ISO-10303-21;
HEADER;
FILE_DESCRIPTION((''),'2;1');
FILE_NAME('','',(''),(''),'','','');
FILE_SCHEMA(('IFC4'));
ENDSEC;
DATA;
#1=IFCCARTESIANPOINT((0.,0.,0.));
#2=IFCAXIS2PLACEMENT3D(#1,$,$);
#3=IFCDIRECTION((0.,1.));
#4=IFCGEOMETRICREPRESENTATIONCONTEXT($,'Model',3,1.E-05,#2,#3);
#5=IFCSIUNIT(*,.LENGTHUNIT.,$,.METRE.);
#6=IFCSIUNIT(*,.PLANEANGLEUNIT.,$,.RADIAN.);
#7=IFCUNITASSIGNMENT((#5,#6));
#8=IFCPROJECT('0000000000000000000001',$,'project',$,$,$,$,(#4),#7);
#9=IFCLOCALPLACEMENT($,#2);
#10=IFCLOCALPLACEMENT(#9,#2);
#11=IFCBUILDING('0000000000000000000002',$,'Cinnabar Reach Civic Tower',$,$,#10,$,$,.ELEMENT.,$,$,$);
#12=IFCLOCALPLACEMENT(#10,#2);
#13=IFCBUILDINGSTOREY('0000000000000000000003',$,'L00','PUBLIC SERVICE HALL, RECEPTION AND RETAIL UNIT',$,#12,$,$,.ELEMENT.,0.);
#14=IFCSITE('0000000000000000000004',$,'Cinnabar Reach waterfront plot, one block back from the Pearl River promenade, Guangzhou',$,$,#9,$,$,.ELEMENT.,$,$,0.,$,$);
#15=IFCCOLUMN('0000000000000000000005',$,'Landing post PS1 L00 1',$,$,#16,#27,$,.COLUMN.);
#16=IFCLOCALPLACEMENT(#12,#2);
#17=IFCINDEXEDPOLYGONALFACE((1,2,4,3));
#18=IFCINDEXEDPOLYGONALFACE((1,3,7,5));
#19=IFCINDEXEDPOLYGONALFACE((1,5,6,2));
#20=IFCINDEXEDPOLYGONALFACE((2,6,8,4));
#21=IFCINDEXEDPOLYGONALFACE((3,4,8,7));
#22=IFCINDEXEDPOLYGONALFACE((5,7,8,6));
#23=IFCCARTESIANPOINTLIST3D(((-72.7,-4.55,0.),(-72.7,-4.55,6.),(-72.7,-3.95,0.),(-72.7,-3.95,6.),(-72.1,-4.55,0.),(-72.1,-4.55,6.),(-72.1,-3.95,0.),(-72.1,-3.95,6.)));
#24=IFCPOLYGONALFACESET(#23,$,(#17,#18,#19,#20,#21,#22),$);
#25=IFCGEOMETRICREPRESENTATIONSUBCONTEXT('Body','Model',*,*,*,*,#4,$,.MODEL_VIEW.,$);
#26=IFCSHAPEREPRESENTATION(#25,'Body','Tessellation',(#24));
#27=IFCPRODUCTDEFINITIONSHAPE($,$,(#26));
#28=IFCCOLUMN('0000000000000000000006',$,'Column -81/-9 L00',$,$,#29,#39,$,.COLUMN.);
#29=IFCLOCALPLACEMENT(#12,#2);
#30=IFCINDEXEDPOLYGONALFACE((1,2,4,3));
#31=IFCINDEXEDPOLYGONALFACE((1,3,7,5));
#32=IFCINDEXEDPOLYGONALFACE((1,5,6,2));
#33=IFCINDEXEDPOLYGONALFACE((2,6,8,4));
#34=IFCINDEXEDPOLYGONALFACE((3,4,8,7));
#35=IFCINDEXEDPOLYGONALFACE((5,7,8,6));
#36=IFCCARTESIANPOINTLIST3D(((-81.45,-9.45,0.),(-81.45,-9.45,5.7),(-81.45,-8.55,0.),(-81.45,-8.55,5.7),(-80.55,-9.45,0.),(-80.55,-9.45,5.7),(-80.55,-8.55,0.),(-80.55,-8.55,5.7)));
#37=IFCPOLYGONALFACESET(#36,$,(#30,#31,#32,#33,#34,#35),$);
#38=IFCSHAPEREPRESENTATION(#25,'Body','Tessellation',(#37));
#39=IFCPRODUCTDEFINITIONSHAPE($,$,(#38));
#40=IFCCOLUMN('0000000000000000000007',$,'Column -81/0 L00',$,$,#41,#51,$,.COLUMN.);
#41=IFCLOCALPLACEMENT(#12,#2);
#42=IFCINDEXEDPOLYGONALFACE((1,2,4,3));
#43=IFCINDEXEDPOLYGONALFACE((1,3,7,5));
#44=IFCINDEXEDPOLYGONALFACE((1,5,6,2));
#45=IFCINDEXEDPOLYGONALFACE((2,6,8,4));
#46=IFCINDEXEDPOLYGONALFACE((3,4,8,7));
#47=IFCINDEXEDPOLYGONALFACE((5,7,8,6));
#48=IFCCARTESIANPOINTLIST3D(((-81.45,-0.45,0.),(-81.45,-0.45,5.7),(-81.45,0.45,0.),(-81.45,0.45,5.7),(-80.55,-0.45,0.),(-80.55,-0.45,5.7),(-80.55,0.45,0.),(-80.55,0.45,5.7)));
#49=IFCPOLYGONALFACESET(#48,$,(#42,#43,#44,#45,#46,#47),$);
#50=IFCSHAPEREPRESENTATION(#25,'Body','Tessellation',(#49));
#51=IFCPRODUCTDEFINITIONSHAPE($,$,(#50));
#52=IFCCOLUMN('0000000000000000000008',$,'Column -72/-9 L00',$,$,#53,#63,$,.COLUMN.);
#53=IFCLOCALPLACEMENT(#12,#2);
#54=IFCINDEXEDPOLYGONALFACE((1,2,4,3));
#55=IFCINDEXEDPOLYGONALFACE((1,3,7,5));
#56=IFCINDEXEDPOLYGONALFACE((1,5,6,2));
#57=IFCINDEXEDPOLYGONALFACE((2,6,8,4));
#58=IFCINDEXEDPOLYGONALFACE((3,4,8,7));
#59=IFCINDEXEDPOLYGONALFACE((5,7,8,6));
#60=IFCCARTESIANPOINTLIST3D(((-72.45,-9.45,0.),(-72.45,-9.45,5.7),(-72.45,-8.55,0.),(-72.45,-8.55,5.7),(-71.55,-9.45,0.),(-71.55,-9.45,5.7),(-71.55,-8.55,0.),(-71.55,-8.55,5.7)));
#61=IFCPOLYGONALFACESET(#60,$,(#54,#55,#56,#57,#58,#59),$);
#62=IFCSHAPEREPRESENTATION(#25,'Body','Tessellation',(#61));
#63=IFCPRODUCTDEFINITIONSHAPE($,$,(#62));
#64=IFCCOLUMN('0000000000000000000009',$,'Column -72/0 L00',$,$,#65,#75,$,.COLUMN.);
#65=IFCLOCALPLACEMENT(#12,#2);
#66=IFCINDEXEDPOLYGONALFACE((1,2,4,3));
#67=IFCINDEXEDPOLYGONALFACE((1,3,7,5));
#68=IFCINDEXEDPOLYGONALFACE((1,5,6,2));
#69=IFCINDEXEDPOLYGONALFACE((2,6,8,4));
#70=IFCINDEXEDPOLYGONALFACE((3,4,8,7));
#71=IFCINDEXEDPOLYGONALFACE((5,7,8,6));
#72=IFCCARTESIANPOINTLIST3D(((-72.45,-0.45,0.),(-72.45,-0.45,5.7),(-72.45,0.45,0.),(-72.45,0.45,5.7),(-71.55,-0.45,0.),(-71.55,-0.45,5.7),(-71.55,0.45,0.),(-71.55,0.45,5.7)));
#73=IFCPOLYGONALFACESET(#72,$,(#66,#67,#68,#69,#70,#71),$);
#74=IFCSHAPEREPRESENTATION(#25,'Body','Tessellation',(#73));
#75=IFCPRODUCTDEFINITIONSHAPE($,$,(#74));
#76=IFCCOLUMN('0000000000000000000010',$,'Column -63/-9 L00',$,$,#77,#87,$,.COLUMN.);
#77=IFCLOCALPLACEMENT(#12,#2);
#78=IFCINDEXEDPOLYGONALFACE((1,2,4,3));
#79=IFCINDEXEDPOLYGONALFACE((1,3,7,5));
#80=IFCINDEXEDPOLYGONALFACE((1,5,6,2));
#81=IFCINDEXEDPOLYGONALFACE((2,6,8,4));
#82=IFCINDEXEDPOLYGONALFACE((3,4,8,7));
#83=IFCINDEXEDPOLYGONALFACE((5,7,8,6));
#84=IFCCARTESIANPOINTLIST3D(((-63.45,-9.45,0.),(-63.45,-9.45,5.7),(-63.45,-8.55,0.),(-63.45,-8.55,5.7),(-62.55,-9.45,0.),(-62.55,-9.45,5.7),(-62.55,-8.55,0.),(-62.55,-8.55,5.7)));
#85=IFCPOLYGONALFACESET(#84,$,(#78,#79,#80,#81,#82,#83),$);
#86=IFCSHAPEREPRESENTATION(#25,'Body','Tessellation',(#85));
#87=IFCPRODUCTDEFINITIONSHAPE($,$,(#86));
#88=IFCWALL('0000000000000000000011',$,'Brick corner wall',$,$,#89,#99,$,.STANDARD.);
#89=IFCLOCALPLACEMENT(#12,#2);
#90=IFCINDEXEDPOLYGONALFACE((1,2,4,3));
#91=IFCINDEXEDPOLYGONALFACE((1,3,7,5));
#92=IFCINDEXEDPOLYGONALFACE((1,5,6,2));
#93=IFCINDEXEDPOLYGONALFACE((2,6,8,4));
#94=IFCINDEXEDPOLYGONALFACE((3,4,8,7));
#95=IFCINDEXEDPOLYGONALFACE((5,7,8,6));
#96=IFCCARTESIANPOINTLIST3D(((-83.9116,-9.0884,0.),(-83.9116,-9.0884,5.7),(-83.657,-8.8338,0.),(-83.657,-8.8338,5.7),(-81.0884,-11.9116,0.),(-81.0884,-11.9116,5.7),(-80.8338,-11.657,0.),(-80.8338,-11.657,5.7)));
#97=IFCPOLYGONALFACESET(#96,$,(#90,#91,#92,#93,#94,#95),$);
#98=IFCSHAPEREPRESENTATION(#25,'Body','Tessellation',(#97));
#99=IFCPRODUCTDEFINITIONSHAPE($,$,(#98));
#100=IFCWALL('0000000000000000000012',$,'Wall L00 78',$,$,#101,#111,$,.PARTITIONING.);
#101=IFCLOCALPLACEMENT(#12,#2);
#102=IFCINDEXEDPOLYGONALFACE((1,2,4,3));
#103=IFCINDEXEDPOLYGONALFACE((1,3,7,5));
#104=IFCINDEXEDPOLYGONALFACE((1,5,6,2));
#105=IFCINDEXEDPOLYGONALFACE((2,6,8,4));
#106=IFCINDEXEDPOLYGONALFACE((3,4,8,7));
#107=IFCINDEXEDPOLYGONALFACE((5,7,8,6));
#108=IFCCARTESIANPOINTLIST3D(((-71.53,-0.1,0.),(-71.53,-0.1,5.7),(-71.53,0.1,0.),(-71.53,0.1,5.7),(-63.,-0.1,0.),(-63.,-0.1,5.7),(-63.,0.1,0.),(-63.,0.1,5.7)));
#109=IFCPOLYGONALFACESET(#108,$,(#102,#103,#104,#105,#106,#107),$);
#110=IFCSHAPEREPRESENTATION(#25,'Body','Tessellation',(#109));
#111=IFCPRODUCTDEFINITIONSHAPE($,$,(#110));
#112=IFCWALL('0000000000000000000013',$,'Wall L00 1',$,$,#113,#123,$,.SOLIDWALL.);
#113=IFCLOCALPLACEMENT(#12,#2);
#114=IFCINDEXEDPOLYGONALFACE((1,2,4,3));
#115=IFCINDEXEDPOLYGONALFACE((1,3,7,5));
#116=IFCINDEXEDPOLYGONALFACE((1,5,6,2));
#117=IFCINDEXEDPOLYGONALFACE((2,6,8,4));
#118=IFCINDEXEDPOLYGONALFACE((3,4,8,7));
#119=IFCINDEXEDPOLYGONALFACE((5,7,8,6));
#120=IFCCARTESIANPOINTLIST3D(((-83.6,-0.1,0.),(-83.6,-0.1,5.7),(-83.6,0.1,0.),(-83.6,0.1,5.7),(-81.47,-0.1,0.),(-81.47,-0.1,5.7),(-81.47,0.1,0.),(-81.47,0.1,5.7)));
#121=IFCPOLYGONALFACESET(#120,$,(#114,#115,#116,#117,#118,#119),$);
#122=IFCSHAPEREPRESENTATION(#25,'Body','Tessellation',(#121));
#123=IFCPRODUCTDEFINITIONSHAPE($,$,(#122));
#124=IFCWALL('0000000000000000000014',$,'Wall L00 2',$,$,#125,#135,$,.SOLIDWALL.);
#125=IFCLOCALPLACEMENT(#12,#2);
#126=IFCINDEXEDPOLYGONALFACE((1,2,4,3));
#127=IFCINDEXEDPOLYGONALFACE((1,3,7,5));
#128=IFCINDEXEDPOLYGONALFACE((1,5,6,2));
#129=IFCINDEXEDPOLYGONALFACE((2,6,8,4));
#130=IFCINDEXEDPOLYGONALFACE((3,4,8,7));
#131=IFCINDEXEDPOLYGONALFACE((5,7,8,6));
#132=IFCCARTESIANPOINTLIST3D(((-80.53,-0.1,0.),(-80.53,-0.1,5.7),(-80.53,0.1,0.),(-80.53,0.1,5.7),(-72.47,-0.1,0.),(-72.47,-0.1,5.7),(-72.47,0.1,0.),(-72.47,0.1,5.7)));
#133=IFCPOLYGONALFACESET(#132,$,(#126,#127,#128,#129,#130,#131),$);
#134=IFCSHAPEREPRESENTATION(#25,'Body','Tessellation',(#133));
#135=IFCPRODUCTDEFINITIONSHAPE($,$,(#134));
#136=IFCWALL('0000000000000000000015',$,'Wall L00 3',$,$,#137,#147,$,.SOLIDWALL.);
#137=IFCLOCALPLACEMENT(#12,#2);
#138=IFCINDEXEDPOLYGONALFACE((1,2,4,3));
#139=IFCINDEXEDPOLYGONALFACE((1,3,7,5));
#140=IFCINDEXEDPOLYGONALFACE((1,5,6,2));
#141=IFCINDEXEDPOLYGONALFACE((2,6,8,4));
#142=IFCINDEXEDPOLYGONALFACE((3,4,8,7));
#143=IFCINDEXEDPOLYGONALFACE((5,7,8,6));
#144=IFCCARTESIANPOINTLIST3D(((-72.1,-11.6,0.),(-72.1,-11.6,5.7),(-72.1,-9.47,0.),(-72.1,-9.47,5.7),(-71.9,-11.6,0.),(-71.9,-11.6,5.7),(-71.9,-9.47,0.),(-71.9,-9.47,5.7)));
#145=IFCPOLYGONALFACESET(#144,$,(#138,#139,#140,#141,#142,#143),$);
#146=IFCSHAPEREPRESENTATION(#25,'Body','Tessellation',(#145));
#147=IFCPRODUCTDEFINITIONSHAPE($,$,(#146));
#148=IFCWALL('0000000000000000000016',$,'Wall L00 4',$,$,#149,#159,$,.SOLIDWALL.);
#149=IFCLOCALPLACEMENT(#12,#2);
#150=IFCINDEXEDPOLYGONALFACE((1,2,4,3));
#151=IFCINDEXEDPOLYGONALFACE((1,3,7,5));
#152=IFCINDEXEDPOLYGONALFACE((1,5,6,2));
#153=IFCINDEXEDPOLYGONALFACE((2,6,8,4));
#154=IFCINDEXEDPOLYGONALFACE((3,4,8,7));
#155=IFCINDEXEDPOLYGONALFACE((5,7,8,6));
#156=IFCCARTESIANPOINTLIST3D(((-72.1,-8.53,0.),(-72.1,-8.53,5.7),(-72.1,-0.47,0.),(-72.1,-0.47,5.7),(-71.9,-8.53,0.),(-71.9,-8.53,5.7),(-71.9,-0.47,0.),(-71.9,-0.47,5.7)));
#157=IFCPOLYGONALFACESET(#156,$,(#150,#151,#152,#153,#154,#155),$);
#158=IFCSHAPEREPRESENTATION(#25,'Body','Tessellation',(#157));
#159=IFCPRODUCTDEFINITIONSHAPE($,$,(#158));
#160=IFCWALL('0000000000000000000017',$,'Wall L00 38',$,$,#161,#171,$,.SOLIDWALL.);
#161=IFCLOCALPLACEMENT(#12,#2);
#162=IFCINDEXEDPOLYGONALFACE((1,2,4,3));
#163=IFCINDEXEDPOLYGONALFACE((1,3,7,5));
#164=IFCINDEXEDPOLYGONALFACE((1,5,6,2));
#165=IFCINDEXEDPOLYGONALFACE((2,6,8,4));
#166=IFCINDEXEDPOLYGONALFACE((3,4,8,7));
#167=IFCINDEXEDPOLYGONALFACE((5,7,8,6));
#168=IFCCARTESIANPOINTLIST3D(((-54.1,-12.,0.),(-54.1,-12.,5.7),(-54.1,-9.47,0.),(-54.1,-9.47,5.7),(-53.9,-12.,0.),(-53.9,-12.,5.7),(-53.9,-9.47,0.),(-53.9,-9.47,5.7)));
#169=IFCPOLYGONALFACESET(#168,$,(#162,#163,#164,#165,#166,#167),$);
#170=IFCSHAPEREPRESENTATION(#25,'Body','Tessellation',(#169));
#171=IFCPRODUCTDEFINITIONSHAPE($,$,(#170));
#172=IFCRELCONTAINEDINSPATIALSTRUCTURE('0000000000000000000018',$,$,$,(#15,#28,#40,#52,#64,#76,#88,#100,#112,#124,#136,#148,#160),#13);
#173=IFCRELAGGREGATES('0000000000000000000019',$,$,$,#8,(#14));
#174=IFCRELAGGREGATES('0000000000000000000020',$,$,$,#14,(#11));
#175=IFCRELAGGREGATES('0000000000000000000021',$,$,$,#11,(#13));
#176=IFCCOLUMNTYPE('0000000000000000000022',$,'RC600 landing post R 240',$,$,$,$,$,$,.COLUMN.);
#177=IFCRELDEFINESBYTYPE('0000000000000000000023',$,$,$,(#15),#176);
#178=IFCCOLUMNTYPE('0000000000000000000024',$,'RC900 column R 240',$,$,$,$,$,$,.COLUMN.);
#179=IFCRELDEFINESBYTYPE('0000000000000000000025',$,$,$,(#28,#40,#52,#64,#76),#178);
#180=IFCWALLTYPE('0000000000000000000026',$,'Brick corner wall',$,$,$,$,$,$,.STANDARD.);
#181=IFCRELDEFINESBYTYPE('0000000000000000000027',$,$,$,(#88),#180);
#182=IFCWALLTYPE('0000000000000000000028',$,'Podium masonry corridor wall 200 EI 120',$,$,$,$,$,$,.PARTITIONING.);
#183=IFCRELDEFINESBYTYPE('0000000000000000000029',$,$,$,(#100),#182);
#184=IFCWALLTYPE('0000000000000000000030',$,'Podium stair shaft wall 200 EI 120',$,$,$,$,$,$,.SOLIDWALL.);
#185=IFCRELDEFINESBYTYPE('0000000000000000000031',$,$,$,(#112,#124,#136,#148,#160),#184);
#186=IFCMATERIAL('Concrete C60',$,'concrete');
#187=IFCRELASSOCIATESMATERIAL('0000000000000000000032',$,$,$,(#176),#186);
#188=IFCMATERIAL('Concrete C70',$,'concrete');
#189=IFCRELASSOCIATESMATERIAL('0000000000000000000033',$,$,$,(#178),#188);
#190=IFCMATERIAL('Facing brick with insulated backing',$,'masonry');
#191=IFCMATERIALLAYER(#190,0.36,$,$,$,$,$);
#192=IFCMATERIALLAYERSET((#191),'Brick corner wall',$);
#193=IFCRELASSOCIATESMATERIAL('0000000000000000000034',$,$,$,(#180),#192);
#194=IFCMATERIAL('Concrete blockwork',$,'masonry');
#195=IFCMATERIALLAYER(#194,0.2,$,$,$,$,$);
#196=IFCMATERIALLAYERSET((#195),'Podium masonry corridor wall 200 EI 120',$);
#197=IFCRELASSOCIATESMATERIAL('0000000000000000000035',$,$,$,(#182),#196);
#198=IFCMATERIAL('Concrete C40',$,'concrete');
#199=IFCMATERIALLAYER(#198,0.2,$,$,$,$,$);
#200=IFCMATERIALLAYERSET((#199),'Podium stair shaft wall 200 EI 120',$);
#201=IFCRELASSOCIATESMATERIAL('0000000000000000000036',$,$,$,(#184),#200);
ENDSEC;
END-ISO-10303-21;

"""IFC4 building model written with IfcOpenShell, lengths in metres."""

from ifc_helpers import new_model, si_unit, direction, frame, frame_2d, origin, origin_2d, place, context, subcontext, project, spatial, rectangle, extrude, material, layer, layer_set, material_profile, profile_set, type_object, element, save


model = new_model("IFC4")

# Units and contexts
model_context = context("Model", 3, precision=1e-05, world=origin(), true_north=direction((0.0, 1.0)))
body_context = subcontext(model_context, "Body", "Model", "MODEL_VIEW")
ifc_project = project(units=[si_unit("LENGTHUNIT", "METRE"), si_unit("PLANEANGLEUNIT", "RADIAN")], contexts=[model_context])

# Site, building, storey
site_placement = place(None, origin())
site = spatial("IfcSite", under=ifc_project, at=site_placement, Name="Cinnabar Reach waterfront plot, one block back from the Pearl River promenade, Guangzhou", CompositionType="ELEMENT", RefElevation=0.0)
building_placement = place(site_placement, origin())
building = spatial("IfcBuilding", under=site, at=building_placement, Name="Cinnabar Reach Civic Tower", CompositionType="ELEMENT")
storey_placement = place(building_placement, origin())
storey = spatial("IfcBuildingStorey", under=building, at=storey_placement, Name="L00", Description="PUBLIC SERVICE HALL, RECEPTION AND RETAIL UNIT", CompositionType="ELEMENT", Elevation=0.0)

# Columns
ifc_material_1 = material(Name="Concrete C60", Category="concrete")
ifc_material_profile_1 = material_profile(ifc_material_1, rectangle(XDim=0.6, YDim=0.6, at=origin_2d()), Name="RC600")
ifc_profile_set_1 = profile_set([ifc_material_profile_1], Name="Concrete C60")
column_type_1 = type_object("IfcColumnType", Name="RC600 landing post R 240", PredefinedType="COLUMN", material=ifc_profile_set_1)
column_placement = place(storey_placement, frame((-72.4, -4.25, 0.0), z_axis=(0.0, 0.0, 1.0), x_axis=(1.0, 0.0, 0.0)))
element("IfcColumn", 1, at=column_placement, inside=storey, type_object=column_type_1, Name="Landing post PS1 L00 1", PredefinedType="COLUMN", context=body_context, shape_type="SweptSolid", body=[
    extrude(rectangle(XDim=0.6, YDim=0.6, at=origin_2d()), origin(), (0.0, 0.0, 1.0), 6.0),
])
ifc_material_2 = material(Name="Concrete C70", Category="concrete")
ifc_material_profile_2 = material_profile(ifc_material_2, rectangle(XDim=0.9, YDim=0.9, at=origin_2d()), Name="RC900")
ifc_profile_set_2 = profile_set([ifc_material_profile_2], Name="Concrete C70")
column_type_2 = type_object("IfcColumnType", Name="RC900 column R 240", PredefinedType="COLUMN", material=ifc_profile_set_2)
for number, where, z_axis, x_axis, name in (
    (2, (-81.0, -9.0, 0.0), (0.0, 0.0, 1.0), (1.0, 0.0, 0.0), "Column -81/-9 L00"),
    (3, (-81.0, 0.0, 0.0), (0.0, 0.0, 1.0), (1.0, 0.0, 0.0), "Column -81/0 L00"),
    (4, (-72.0, -9.0, 0.0), (0.0, 0.0, 1.0), (1.0, 0.0, 0.0), "Column -72/-9 L00"),
    (5, (-72.0, 0.0, 0.0), (0.0, 0.0, 1.0), (1.0, 0.0, 0.0), "Column -72/0 L00"),
    (6, (-63.0, -9.0, 0.0), (0.0, 0.0, 1.0), (1.0, 0.0, 0.0), "Column -63/-9 L00"),
):
    element("IfcColumn", number, at=place(storey_placement, frame(where, z_axis=z_axis, x_axis=x_axis)), inside=storey, type_object=column_type_2, Name=name, PredefinedType="COLUMN", context=body_context, shape_type="SweptSolid", body=[
        extrude(rectangle(XDim=0.9, YDim=0.9, at=origin_2d()), origin(), (0.0, 0.0, 1.0), 5.7),
    ])

# Wall
ifc_material_3 = material(Name="Facing brick with insulated backing", Category="masonry")
ifc_layer_1 = layer(ifc_material_3, 0.36)
ifc_layer_set_1 = layer_set([ifc_layer_1], Name="Brick corner wall")
wall_type_1 = type_object("IfcWallType", Name="Brick corner wall", PredefinedType="STANDARD", material=ifc_layer_set_1)
wall_1_placement = place(storey_placement, frame((-83.7843, -8.9611, 0.0), z_axis=(0.0, 0.0, 1.0), x_axis=(0.707107, -0.707107, 0.0)))
element("IfcWall", 7, at=wall_1_placement, inside=storey, type_object=wall_type_1, Name="Brick corner wall", PredefinedType="STANDARD", context=body_context, shape_type="SweptSolid", body=[
    extrude(rectangle(XDim=3.9926, YDim=0.36, at=frame_2d((1.9963, 0.0))), origin(), (0.0, 0.0, 1.0), 5.7),
])

# Walls
ifc_material_4 = material(Name="Concrete blockwork", Category="masonry")
ifc_layer_2 = layer(ifc_material_4, 0.2)
ifc_layer_set_2 = layer_set([ifc_layer_2], Name="Podium masonry corridor wall 200 EI 120")
wall_type_2 = type_object("IfcWallType", Name="Podium masonry corridor wall 200 EI 120", PredefinedType="PARTITIONING", material=ifc_layer_set_2)
wall_2_placement = place(storey_placement, frame((-71.53, 0.0, 0.0), z_axis=(0.0, 0.0, 1.0), x_axis=(1.0, 0.0, 0.0)))
element("IfcWall", 8, at=wall_2_placement, inside=storey, type_object=wall_type_2, Name="Wall L00 78", PredefinedType="PARTITIONING", context=body_context, shape_type="SweptSolid", body=[
    extrude(rectangle(XDim=8.53, YDim=0.2, at=frame_2d((4.265, 0.0))), origin(), (0.0, 0.0, 1.0), 5.7),
])
ifc_material_5 = material(Name="Concrete C40", Category="concrete")
ifc_layer_3 = layer(ifc_material_5, 0.2)
ifc_layer_set_3 = layer_set([ifc_layer_3], Name="Podium stair shaft wall 200 EI 120")
wall_type_3 = type_object("IfcWallType", Name="Podium stair shaft wall 200 EI 120", PredefinedType="SOLIDWALL", material=ifc_layer_set_3)
wall_3_placement = place(storey_placement, frame((-83.6, 0.0, 0.0), z_axis=(0.0, 0.0, 1.0), x_axis=(1.0, 0.0, 0.0)))
element("IfcWall", 9, at=wall_3_placement, inside=storey, type_object=wall_type_3, Name="Wall L00 1", PredefinedType="SOLIDWALL", context=body_context, shape_type="SweptSolid", body=[
    extrude(rectangle(XDim=2.13, YDim=0.2, at=frame_2d((1.065, 0.0))), origin(), (0.0, 0.0, 1.0), 5.7),
])
wall_4_placement = place(storey_placement, frame((-80.53, 0.0, 0.0), z_axis=(0.0, 0.0, 1.0), x_axis=(1.0, 0.0, 0.0)))
element("IfcWall", 10, at=wall_4_placement, inside=storey, type_object=wall_type_3, Name="Wall L00 2", PredefinedType="SOLIDWALL", context=body_context, shape_type="SweptSolid", body=[
    extrude(rectangle(XDim=8.06, YDim=0.2, at=frame_2d((4.03, 0.0))), origin(), (0.0, 0.0, 1.0), 5.7),
])
wall_5_placement = place(storey_placement, frame((-72.0, -11.6, 0.0), z_axis=(0.0, 0.0, 1.0), x_axis=(0.0, 1.0, 0.0)))
element("IfcWall", 11, at=wall_5_placement, inside=storey, type_object=wall_type_3, Name="Wall L00 3", PredefinedType="SOLIDWALL", context=body_context, shape_type="SweptSolid", body=[
    extrude(rectangle(XDim=2.13, YDim=0.2, at=frame_2d((1.065, 0.0))), origin(), (0.0, 0.0, 1.0), 5.7),
])
wall_6_placement = place(storey_placement, frame((-72.0, -8.53, 0.0), z_axis=(0.0, 0.0, 1.0), x_axis=(0.0, 1.0, 0.0)))
element("IfcWall", 12, at=wall_6_placement, inside=storey, type_object=wall_type_3, Name="Wall L00 4", PredefinedType="SOLIDWALL", context=body_context, shape_type="SweptSolid", body=[
    extrude(rectangle(XDim=8.06, YDim=0.2, at=frame_2d((4.03, 0.0))), origin(), (0.0, 0.0, 1.0), 5.7),
])
wall_7_placement = place(storey_placement, frame((-54.0, -12.0, 0.0), z_axis=(0.0, 0.0, 1.0), x_axis=(0.0, 1.0, 0.0)))
element("IfcWall", 13, at=wall_7_placement, inside=storey, type_object=wall_type_3, Name="Wall L00 38", PredefinedType="SOLIDWALL", context=body_context, shape_type="SweptSolid", body=[
    extrude(rectangle(XDim=2.53, YDim=0.2, at=frame_2d((1.265, 0.0))), origin(), (0.0, 0.0, 1.0), 5.7),
])

save(model, "model.ifc")
